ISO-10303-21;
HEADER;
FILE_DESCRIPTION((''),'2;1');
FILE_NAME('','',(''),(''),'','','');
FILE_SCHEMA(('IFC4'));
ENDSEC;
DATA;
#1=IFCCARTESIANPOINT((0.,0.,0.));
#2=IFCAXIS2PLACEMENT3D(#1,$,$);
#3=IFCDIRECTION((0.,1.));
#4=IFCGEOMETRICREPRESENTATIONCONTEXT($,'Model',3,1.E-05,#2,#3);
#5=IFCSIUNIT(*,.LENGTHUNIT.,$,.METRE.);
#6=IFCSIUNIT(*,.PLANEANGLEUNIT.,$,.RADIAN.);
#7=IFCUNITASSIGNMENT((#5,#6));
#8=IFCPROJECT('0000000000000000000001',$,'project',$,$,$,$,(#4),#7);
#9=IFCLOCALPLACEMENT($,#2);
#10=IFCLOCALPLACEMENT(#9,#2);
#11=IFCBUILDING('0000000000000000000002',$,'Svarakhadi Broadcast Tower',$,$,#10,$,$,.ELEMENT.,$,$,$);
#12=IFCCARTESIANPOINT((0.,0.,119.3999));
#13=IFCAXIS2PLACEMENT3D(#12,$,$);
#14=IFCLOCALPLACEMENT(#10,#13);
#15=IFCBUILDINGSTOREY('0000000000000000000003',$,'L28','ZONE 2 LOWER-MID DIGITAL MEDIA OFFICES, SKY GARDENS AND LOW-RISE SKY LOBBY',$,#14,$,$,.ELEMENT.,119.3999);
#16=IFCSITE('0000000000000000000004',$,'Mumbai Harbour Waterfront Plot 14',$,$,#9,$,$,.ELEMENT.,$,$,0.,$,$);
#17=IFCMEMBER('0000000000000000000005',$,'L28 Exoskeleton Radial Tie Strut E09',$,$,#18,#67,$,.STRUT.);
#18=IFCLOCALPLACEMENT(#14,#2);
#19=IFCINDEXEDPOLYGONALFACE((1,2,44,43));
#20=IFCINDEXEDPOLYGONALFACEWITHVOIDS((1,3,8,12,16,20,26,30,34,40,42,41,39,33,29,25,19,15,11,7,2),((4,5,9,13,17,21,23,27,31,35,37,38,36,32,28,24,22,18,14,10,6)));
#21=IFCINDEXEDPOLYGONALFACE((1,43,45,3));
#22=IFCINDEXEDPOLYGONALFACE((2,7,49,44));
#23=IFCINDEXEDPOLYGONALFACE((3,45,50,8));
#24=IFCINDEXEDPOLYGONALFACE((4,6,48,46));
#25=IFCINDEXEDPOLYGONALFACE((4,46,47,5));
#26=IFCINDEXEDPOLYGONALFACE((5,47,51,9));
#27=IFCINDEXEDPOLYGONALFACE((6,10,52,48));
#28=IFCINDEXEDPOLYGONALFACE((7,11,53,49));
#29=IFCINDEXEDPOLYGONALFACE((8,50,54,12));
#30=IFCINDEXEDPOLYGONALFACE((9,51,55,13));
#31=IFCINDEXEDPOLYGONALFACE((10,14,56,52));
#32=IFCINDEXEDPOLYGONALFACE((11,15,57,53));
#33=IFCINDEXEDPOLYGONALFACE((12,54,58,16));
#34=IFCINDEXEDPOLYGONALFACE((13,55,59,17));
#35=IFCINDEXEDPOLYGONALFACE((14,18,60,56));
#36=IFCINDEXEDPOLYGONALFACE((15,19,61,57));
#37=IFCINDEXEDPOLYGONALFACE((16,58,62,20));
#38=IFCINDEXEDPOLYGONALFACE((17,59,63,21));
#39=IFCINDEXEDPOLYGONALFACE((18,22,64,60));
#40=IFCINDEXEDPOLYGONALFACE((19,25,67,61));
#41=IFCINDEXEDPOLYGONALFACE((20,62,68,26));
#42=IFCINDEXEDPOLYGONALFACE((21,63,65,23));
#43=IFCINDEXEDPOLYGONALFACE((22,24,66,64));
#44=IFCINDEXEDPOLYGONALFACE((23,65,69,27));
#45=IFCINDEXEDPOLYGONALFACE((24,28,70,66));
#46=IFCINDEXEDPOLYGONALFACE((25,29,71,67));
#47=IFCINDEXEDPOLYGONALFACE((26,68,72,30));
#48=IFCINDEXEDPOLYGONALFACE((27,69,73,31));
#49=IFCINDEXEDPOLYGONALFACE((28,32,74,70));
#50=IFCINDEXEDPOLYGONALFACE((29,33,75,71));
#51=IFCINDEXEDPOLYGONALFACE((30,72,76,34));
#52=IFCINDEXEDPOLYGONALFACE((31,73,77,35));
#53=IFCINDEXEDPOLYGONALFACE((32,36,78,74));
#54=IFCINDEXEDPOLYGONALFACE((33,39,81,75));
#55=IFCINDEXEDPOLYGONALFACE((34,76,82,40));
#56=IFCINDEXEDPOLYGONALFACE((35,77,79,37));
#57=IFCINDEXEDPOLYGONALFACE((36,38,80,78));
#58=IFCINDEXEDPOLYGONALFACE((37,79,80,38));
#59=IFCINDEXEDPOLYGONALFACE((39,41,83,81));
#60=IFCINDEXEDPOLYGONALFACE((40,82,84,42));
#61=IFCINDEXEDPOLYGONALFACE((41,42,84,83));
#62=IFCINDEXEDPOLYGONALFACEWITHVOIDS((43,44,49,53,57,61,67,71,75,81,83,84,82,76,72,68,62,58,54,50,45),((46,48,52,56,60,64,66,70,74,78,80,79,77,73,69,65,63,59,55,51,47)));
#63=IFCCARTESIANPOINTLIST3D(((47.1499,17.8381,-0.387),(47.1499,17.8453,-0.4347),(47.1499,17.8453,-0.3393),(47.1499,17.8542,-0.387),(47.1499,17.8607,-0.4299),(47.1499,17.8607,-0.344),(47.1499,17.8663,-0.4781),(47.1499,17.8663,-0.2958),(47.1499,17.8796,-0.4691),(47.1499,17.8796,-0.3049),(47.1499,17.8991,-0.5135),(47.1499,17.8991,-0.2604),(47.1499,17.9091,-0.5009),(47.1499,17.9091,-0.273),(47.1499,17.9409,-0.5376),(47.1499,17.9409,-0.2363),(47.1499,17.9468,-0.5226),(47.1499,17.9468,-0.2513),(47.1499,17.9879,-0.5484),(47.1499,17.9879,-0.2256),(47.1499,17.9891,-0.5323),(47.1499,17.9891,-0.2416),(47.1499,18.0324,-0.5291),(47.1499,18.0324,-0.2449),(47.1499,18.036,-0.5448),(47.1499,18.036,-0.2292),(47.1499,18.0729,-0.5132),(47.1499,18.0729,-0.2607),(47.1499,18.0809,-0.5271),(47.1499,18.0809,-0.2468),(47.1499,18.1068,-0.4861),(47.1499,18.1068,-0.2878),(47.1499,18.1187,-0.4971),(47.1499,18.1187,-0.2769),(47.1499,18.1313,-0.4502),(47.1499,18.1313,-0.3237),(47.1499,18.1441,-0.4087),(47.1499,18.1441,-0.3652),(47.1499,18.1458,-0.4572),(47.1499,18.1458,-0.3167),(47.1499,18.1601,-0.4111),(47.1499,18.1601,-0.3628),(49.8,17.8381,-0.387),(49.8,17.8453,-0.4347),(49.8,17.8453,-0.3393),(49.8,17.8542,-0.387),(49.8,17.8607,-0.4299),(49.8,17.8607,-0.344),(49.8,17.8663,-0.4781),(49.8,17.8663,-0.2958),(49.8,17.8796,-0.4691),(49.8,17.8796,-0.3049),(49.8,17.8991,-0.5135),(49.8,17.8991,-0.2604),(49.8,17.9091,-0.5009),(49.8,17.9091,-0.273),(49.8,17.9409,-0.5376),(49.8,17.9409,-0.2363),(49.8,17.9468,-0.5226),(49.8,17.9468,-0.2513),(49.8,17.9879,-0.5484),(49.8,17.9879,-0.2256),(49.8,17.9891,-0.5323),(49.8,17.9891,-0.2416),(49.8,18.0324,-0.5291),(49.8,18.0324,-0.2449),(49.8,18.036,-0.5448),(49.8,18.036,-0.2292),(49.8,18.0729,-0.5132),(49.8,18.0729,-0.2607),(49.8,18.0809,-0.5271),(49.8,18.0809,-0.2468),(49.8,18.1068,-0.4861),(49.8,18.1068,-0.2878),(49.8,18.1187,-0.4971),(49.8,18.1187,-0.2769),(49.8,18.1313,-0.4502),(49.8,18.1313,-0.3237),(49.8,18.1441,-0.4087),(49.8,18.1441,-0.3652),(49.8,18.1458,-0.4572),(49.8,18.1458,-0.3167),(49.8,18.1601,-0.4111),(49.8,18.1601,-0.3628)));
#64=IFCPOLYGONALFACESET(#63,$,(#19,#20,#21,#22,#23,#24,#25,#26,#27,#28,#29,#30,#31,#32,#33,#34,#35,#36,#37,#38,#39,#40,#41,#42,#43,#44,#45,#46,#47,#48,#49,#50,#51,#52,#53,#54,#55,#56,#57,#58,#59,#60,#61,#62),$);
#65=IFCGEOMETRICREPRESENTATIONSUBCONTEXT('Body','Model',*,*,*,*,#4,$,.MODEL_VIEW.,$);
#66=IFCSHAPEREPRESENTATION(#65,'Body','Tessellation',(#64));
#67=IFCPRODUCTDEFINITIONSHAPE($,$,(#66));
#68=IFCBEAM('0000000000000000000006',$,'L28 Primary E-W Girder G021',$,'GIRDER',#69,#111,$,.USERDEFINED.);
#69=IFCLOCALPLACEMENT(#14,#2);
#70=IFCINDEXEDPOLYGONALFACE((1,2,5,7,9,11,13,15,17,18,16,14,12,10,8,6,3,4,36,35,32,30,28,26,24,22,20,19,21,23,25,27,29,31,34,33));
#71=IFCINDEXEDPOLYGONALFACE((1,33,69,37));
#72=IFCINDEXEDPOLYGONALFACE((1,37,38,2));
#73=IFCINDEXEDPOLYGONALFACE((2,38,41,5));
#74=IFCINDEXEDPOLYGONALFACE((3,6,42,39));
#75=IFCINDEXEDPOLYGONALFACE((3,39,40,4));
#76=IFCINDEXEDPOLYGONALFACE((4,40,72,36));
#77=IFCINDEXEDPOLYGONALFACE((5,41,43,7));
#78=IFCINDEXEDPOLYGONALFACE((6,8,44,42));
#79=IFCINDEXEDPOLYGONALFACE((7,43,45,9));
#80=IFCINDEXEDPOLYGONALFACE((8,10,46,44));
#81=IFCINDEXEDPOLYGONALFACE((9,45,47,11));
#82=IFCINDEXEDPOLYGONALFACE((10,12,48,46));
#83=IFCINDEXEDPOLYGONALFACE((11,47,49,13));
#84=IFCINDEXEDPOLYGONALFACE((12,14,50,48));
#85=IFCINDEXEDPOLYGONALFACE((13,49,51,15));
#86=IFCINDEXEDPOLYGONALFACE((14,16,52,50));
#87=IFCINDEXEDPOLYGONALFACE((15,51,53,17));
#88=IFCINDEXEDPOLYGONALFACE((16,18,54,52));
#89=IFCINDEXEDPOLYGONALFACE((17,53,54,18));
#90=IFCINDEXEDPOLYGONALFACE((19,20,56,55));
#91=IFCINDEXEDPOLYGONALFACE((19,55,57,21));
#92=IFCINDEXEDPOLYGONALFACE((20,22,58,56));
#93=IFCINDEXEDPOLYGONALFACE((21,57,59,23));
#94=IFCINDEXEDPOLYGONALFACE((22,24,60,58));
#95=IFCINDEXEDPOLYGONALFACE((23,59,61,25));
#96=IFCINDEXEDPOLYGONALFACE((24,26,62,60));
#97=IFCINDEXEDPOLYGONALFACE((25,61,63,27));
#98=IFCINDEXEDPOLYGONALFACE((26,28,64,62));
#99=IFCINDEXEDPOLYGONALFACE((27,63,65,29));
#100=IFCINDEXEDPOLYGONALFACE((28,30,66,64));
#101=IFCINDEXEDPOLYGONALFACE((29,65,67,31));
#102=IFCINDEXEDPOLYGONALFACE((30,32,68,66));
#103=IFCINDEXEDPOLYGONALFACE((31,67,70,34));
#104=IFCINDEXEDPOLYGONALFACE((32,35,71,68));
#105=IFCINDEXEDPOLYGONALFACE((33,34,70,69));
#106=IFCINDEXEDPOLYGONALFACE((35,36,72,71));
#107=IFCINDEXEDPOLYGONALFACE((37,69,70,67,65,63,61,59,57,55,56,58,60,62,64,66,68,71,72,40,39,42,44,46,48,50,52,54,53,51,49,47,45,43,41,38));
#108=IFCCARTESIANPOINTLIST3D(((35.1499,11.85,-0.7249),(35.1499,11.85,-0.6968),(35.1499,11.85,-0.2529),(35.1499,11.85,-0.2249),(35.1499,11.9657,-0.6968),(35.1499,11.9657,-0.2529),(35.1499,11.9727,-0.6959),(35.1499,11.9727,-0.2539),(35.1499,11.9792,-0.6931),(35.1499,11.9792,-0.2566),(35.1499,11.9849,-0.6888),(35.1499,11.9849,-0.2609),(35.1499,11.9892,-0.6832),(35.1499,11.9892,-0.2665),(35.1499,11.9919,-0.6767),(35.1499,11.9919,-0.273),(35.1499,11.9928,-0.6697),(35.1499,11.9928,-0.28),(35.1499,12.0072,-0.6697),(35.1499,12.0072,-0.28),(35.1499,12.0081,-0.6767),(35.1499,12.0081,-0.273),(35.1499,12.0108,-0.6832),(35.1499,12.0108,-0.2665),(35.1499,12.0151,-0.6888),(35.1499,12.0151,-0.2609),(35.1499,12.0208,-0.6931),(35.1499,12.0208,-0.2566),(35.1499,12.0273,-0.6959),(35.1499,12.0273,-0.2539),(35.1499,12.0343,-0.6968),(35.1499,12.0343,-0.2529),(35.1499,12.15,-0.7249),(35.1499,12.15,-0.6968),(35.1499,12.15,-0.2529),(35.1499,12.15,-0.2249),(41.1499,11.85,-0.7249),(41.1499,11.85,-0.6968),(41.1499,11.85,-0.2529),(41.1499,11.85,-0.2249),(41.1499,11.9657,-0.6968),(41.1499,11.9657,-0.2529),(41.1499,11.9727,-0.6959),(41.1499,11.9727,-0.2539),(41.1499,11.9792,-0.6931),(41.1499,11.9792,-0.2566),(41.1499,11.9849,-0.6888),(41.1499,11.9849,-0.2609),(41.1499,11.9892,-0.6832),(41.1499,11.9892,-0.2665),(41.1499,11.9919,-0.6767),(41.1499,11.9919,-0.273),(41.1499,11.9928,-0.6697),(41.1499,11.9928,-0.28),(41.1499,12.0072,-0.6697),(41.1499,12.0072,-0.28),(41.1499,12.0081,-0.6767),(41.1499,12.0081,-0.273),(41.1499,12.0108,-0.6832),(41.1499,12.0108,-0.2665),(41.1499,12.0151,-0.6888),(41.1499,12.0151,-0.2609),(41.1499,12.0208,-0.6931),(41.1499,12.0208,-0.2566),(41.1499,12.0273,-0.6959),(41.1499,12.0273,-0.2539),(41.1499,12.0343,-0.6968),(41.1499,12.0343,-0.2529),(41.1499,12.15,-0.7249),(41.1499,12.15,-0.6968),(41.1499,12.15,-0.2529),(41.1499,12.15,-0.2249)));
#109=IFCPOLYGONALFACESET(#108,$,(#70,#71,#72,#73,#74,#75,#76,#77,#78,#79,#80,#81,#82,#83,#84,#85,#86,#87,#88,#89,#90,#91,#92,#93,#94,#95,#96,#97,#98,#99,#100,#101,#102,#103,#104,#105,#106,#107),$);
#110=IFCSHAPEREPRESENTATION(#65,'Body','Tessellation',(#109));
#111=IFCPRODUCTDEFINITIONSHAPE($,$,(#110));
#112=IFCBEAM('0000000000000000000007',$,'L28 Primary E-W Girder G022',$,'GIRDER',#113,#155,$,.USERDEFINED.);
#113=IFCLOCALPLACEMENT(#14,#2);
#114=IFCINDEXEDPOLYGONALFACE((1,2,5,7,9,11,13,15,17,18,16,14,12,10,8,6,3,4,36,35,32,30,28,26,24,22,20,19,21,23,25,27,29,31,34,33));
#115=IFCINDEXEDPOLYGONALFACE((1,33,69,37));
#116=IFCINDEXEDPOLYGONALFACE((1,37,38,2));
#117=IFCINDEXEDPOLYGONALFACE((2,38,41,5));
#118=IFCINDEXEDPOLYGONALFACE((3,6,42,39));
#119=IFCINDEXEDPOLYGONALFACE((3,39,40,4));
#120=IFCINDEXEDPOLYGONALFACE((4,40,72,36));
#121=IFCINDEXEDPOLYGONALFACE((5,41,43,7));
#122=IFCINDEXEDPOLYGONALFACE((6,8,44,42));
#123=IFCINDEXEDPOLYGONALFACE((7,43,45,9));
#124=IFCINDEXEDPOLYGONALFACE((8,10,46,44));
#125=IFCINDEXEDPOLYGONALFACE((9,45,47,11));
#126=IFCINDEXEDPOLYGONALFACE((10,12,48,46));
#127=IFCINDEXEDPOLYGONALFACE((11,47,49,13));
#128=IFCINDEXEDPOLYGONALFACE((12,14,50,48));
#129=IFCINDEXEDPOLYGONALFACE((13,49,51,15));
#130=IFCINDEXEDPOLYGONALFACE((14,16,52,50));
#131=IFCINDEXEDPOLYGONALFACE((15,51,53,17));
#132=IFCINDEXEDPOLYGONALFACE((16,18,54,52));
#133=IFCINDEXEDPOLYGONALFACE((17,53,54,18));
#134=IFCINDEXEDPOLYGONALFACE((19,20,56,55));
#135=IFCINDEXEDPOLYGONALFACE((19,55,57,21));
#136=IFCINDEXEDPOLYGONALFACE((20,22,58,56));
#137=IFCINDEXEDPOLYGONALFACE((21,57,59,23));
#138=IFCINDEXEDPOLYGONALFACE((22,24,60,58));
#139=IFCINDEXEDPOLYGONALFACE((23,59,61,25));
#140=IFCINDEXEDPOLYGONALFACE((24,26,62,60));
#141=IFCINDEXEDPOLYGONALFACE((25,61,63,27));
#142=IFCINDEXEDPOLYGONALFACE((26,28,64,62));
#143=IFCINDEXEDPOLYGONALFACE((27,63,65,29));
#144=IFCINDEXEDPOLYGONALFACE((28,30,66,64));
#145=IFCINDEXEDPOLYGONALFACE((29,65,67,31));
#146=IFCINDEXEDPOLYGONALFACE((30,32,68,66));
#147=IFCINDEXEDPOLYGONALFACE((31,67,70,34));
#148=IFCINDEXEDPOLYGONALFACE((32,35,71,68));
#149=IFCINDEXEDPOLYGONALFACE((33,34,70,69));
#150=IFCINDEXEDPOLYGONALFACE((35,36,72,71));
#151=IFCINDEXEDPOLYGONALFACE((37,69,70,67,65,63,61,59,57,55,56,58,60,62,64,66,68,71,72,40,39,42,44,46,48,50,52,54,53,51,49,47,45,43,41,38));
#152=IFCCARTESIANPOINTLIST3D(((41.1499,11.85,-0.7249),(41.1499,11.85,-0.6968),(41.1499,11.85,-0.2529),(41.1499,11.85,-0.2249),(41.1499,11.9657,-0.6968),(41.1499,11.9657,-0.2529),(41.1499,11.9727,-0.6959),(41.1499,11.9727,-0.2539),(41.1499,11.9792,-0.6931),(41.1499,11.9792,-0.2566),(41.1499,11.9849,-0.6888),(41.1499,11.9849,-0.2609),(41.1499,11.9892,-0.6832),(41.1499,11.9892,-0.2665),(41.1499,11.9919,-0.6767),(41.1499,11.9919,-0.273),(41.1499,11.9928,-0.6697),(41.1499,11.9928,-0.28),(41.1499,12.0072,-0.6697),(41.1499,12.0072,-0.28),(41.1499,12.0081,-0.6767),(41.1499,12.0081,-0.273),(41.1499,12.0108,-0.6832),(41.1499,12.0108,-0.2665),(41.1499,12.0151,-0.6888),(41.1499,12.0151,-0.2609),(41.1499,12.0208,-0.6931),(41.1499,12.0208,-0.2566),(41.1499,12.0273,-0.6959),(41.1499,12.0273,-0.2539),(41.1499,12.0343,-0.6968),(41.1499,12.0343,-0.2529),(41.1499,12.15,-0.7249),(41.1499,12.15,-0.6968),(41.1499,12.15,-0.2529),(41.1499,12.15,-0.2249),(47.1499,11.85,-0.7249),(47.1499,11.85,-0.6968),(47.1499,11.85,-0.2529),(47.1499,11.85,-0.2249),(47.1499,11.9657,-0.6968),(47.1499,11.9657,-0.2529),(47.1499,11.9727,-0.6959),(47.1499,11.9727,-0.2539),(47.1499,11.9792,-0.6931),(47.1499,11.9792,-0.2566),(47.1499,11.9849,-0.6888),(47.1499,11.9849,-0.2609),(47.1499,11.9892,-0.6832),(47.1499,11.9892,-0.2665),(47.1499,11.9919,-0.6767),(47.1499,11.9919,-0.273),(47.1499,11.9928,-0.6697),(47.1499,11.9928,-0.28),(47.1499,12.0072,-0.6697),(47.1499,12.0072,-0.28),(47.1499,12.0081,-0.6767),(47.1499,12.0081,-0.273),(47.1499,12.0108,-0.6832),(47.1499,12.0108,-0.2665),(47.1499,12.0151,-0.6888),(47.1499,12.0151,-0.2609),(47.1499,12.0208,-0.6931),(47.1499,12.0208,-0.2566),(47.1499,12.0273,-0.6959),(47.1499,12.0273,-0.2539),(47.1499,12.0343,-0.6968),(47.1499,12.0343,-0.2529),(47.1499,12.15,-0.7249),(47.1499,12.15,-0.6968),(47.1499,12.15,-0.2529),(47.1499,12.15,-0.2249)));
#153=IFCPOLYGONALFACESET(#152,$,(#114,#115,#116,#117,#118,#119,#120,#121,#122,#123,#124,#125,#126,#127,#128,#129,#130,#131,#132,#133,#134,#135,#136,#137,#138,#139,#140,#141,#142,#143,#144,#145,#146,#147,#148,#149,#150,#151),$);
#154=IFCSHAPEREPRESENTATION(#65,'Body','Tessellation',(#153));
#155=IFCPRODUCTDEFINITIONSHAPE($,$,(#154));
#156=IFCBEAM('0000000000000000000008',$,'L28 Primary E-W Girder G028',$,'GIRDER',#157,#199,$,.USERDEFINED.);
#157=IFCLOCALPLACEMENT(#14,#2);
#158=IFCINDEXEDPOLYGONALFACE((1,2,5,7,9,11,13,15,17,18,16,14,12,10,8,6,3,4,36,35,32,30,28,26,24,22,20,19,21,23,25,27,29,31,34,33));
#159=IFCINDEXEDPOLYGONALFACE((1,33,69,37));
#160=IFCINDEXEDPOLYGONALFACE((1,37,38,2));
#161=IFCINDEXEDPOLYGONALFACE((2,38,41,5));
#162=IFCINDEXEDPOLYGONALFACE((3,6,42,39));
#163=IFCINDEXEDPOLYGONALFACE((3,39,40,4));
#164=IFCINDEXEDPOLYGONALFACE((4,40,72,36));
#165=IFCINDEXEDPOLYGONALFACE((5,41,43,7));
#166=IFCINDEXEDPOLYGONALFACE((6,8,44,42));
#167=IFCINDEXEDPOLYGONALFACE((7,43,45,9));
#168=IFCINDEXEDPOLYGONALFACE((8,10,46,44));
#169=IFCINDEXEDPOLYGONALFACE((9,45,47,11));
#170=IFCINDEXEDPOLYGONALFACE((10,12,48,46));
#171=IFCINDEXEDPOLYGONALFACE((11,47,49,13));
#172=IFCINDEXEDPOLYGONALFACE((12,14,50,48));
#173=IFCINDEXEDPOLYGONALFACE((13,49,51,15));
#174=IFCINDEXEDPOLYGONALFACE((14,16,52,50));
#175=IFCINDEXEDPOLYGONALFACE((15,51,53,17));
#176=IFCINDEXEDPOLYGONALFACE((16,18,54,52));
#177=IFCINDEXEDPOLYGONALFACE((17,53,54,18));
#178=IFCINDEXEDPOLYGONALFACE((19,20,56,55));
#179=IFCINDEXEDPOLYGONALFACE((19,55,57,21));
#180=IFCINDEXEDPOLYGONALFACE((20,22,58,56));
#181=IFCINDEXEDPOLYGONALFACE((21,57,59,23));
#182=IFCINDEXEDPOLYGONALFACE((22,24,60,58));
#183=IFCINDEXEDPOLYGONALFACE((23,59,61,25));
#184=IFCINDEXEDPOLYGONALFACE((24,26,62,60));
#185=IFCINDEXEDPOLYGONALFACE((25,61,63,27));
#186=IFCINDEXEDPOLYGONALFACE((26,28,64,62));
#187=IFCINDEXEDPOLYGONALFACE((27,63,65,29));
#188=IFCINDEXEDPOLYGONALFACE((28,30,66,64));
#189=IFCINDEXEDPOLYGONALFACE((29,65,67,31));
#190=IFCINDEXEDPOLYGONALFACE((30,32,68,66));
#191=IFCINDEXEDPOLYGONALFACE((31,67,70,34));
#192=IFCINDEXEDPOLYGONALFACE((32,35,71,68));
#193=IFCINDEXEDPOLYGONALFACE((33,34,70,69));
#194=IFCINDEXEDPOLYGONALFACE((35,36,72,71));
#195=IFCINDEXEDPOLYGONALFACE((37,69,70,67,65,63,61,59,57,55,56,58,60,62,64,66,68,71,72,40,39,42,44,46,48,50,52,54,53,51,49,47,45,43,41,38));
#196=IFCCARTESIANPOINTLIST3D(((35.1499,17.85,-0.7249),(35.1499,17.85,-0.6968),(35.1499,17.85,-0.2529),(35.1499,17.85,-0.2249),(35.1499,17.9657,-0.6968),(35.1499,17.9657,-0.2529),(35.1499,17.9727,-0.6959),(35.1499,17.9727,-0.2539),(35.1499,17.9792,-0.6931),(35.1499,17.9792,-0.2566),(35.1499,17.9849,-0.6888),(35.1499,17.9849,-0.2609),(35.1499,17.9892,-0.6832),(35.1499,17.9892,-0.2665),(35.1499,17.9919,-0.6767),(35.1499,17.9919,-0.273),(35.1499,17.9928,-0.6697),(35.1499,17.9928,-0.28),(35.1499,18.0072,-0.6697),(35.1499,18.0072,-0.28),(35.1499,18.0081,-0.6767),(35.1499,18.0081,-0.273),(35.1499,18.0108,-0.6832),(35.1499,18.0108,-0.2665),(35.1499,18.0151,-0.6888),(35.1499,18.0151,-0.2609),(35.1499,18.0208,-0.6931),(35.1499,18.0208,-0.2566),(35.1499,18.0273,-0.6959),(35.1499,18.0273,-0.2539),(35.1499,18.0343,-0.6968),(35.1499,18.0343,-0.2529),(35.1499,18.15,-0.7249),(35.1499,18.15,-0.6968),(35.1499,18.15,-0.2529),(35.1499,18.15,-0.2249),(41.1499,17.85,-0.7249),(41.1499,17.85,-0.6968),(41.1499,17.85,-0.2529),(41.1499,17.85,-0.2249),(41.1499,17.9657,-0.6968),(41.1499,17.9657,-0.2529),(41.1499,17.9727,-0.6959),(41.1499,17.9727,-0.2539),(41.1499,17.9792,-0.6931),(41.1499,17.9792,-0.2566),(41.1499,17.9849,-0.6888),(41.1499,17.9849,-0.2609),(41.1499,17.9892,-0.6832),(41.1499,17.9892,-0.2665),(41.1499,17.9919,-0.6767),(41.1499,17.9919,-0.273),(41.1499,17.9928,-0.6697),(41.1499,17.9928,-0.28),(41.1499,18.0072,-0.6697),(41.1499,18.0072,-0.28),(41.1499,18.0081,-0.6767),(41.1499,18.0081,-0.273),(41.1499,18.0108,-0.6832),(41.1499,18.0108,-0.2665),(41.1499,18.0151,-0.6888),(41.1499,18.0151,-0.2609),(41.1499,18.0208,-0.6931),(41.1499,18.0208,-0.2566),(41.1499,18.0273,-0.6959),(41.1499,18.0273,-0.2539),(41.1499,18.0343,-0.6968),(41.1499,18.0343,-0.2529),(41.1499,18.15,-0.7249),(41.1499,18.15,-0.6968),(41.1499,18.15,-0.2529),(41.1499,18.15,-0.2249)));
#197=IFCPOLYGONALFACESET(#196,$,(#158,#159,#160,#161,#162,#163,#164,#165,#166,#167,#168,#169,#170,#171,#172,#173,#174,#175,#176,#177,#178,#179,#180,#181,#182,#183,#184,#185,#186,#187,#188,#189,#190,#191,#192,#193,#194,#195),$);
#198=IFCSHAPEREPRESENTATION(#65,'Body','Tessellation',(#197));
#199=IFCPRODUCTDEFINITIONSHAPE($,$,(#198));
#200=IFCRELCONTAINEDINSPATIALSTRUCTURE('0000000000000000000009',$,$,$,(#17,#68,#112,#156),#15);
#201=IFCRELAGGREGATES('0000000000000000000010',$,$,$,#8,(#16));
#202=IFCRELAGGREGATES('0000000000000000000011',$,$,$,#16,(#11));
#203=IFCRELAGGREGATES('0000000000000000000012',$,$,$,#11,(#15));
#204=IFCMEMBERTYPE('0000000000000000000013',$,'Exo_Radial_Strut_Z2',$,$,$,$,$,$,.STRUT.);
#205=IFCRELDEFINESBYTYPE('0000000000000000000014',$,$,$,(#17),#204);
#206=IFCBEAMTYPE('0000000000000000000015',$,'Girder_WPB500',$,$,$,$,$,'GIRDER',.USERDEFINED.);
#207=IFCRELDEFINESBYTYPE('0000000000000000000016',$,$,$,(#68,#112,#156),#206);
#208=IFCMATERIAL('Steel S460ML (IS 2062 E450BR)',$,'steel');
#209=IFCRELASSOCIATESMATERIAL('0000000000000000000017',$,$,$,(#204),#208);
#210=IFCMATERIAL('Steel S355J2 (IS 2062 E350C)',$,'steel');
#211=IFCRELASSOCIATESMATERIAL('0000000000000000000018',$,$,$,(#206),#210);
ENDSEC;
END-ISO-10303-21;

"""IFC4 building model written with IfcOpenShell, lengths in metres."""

from ifc_helpers import new_model, si_unit, direction, frame, origin, origin_2d, place, context, subcontext, project, spatial, hollow_circle, i_section, extrude, material, material_profile, profile_set, type_object, element, save


model = new_model("IFC4")

# Units and contexts
model_context = context("Model", 3, precision=1e-05, world=origin(), true_north=direction((0.0, 1.0)))
body_context = subcontext(model_context, "Body", "Model", "MODEL_VIEW")
ifc_project = project(units=[si_unit("LENGTHUNIT", "METRE"), si_unit("PLANEANGLEUNIT", "RADIAN")], contexts=[model_context])

# Site, building, storey
site_placement = place(None, origin())
site = spatial("IfcSite", under=ifc_project, at=site_placement, Name="Mumbai Harbour Waterfront Plot 14", CompositionType="ELEMENT", RefElevation=0.0)
building_placement = place(site_placement, origin())
building = spatial("IfcBuilding", under=site, at=building_placement, Name="Svarakhadi Broadcast Tower", CompositionType="ELEMENT")
storey_placement = place(building_placement, frame((0.0, 0.0, 119.3999)))
storey = spatial("IfcBuildingStorey", under=building, at=storey_placement, Name="L28", Description="ZONE 2 LOWER-MID DIGITAL MEDIA OFFICES, SKY GARDENS AND LOW-RISE SKY LOBBY", CompositionType="ELEMENT", Elevation=119.3999)

# Shared definitions
ifc_material_1 = material(Name="Steel S460ML (IS 2062 E450BR)", Category="steel")

# Shared definitions
ifc_material_2 = material(Name="Steel S355J2 (IS 2062 E350C)", Category="steel")

# Member
ifc_material_profile_1 = material_profile(ifc_material_1, hollow_circle(Radius=0.1619, WallThickness=0.0161, at=origin_2d()), Name="CHS 323.9x16")
ifc_profile_set_1 = profile_set([ifc_material_profile_1], Name="Steel S460ML (IS 2062 E450BR)")
member_type_1 = type_object("IfcMemberType", Name="Exo_Radial_Strut_Z2", PredefinedType="STRUT", material=ifc_profile_set_1)
member_1_placement = place(storey_placement, frame((49.8, 18.0, -0.387), z_axis=(-1.0, 0.0, 0.0), x_axis=(0.0, -1.0, 0.0)))
element("IfcMember", 1, at=member_1_placement, inside=storey, type_object=member_type_1, Name="L28 Exoskeleton Radial Tie Strut E09", PredefinedType="STRUT", context=body_context, shape_type="SweptSolid", body=[
    extrude(hollow_circle(Radius=0.1619, WallThickness=0.0161, at=origin_2d()), origin(), (0.0, 0.0, 1.0), 2.6501),
])

# Beams
ifc_material_profile_2 = material_profile(ifc_material_2, i_section(OverallWidth=0.3, OverallDepth=0.5, WebThickness=0.0144, FlangeThickness=0.0281, FilletRadius=0.0271, at=origin_2d()), Name="WPB 500x300x187")
ifc_profile_set_2 = profile_set([ifc_material_profile_2], Name="Steel S355J2 (IS 2062 E350C)")
beam_type_1 = type_object("IfcBeamType", Name="Girder_WPB500", ElementType="GIRDER", PredefinedType="USERDEFINED", material=ifc_profile_set_2)
for number, where, z_axis, x_axis, name in (
    (2, (35.1499, 12.0, -0.4749), (1.0, 0.0, 0.0), (0.0, 1.0, 0.0), "L28 Primary E-W Girder G021"),
    (3, (41.1499, 12.0, -0.4749), (1.0, 0.0, 0.0), (0.0, 1.0, 0.0), "L28 Primary E-W Girder G022"),
    (4, (35.1499, 18.0, -0.4749), (1.0, 0.0, 0.0), (0.0, 1.0, 0.0), "L28 Primary E-W Girder G028"),
):
    element("IfcBeam", number, at=place(storey_placement, frame(where, z_axis=z_axis, x_axis=x_axis)), inside=storey, type_object=beam_type_1, Name=name, ObjectType="GIRDER", PredefinedType="USERDEFINED", context=body_context, shape_type="SweptSolid", body=[
        extrude(i_section(OverallWidth=0.3, OverallDepth=0.5, WebThickness=0.0144, FlangeThickness=0.0281, FilletRadius=0.0271, at=origin_2d()), origin(), (0.0, 0.0, 1.0), 6.0),
    ])

save(model, "model.ifc")
